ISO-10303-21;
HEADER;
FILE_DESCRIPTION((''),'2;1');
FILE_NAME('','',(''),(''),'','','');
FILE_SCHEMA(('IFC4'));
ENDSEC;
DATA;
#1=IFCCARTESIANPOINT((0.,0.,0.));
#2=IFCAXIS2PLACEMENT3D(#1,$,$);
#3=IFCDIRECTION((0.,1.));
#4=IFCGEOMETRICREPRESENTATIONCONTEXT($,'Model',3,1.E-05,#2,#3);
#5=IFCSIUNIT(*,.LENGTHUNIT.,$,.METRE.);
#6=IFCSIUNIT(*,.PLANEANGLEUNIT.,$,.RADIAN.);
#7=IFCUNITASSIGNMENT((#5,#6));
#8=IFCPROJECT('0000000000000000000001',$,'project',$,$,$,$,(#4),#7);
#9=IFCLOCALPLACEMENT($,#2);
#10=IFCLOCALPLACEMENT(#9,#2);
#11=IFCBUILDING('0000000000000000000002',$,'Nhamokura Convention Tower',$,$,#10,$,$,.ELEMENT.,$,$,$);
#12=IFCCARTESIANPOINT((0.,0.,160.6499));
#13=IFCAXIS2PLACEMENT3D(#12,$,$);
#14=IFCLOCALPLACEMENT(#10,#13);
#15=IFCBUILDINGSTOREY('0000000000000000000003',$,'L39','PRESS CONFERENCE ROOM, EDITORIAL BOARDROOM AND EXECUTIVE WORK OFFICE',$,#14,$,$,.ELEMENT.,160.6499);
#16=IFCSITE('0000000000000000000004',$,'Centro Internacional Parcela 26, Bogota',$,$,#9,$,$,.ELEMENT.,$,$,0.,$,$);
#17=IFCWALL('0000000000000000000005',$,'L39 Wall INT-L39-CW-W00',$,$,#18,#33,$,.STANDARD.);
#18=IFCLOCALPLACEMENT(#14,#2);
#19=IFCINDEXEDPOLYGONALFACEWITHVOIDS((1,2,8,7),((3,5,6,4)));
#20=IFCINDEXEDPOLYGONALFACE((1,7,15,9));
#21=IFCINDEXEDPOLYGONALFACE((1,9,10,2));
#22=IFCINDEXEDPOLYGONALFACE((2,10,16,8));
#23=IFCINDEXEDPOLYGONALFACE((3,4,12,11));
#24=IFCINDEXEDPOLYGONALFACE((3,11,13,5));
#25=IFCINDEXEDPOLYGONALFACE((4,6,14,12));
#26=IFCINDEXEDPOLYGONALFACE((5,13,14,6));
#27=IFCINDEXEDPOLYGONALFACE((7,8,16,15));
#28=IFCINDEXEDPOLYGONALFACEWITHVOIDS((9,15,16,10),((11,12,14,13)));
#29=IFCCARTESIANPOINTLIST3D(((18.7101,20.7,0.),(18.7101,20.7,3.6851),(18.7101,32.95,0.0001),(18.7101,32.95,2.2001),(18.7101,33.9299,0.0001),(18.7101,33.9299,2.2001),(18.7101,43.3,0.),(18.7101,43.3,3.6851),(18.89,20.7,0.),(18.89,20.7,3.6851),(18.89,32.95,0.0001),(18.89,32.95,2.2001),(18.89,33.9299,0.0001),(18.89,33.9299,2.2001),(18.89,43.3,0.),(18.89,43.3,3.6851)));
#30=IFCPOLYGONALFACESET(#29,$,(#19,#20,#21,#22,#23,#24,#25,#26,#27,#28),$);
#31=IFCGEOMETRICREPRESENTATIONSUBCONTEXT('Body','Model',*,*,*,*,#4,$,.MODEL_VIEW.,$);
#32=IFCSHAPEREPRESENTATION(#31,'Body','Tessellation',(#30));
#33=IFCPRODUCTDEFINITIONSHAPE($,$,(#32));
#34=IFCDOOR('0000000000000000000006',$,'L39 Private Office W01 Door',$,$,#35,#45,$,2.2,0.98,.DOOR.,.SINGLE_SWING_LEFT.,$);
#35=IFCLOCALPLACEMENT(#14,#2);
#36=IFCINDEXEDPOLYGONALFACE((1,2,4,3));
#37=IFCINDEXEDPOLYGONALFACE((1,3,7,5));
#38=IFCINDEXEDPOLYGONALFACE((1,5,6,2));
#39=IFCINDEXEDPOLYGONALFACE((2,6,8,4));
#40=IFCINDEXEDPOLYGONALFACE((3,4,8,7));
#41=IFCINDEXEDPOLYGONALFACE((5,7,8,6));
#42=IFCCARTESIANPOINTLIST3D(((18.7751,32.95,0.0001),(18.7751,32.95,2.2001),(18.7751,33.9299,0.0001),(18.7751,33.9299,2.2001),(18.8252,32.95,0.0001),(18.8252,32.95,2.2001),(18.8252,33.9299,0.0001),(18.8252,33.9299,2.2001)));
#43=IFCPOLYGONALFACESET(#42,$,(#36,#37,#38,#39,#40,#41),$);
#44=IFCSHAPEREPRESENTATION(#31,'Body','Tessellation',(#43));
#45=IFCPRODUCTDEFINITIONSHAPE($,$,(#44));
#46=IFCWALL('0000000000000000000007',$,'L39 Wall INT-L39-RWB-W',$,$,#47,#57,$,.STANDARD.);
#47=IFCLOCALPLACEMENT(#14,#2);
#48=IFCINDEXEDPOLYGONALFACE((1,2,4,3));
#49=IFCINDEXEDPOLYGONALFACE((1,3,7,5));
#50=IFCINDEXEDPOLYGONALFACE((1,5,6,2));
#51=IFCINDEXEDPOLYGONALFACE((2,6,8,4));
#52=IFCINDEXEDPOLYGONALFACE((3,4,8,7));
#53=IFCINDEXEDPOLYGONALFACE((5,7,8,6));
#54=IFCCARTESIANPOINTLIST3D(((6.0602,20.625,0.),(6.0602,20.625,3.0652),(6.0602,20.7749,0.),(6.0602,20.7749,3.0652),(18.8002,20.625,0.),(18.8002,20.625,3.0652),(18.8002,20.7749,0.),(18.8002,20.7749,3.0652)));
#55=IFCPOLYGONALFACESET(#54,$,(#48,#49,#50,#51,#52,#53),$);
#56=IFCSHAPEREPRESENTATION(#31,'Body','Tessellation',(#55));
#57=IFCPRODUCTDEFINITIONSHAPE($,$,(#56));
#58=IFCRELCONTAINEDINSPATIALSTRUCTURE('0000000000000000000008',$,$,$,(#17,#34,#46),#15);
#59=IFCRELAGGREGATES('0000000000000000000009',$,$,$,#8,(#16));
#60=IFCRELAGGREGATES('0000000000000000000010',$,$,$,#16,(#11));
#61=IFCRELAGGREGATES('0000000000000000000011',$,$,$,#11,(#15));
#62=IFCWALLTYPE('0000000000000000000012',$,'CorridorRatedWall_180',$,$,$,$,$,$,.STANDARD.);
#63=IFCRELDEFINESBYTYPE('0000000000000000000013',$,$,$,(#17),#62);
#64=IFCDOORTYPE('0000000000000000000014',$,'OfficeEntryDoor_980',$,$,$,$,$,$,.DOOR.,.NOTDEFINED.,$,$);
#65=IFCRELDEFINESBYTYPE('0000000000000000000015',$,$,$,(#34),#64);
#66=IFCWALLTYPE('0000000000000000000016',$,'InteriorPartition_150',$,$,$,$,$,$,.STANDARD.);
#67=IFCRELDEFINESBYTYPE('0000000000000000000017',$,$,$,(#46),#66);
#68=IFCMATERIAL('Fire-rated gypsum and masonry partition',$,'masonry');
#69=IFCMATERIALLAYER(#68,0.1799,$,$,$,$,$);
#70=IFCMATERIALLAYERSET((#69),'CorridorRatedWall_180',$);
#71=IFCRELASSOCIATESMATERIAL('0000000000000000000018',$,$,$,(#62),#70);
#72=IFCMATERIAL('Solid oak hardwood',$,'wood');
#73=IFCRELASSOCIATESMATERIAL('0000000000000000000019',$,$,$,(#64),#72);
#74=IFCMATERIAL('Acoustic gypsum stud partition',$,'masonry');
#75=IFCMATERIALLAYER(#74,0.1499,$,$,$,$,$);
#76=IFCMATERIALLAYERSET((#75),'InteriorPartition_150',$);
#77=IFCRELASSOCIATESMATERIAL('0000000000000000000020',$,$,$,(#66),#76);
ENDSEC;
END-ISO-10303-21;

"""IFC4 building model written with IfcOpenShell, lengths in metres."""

from ifc_helpers import new_model, si_unit, direction, frame, frame_2d, origin, place, context, subcontext, project, spatial, rectangle, extrude, material, layer, layer_set, type_object, element, fill, save


model = new_model("IFC4")

# Units and contexts
model_context = context("Model", 3, precision=1e-05, world=origin(), true_north=direction((0.0, 1.0)))
body_context = subcontext(model_context, "Body", "Model", "MODEL_VIEW")
ifc_project = project(units=[si_unit("LENGTHUNIT", "METRE"), si_unit("PLANEANGLEUNIT", "RADIAN")], contexts=[model_context])

# Site, building, storey
site_placement = place(None, origin())
site = spatial("IfcSite", under=ifc_project, at=site_placement, Name="Centro Internacional Parcela 26, Bogota", CompositionType="ELEMENT", RefElevation=0.0)
building_placement = place(site_placement, origin())
building = spatial("IfcBuilding", under=site, at=building_placement, Name="Nhamokura Convention Tower", CompositionType="ELEMENT")
storey_placement = place(building_placement, frame((0.0, 0.0, 160.6499)))
storey = spatial("IfcBuildingStorey", under=building, at=storey_placement, Name="L39", Description="PRESS CONFERENCE ROOM, EDITORIAL BOARDROOM AND EXECUTIVE WORK OFFICE", CompositionType="ELEMENT", Elevation=160.6499)

# Wall, opening, door
ifc_material_1 = material(Name="Fire-rated gypsum and masonry partition", Category="masonry")
ifc_layer_1 = layer(ifc_material_1, 0.1799)
ifc_layer_set_1 = layer_set([ifc_layer_1], Name="CorridorRatedWall_180")
wall_type_1 = type_object("IfcWallType", Name="CorridorRatedWall_180", PredefinedType="STANDARD", material=ifc_layer_set_1)
ifc_material_2 = material(Name="Solid oak hardwood", Category="wood")
door_type_1 = type_object("IfcDoorType", Name="OfficeEntryDoor_980", OperationType="NOTDEFINED", PredefinedType="DOOR", material=ifc_material_2)
wall_1_placement = place(storey_placement, frame((18.8, 20.7, 0.0), z_axis=(0.0, 0.0, 1.0), x_axis=(0.0, 1.0, 0.0)))
wall_1 = element("IfcWall", 1, at=wall_1_placement, inside=storey, type_object=wall_type_1, Name="L39 Wall INT-L39-CW-W00", PredefinedType="STANDARD", context=body_context, shape_type="SweptSolid", body=[
    extrude(rectangle(XDim=22.6001, YDim=0.1799, at=frame_2d((11.3, 0.0))), origin(), (0.0, 0.0, 1.0), 3.6851),
])
opening_1_placement = place(wall_1_placement, frame((12.25, 0.0, 0.0)))
opening_1 = element("IfcOpeningElement", 2, at=opening_1_placement, cuts=wall_1, PredefinedType="OPENING", context=body_context, shape_type="SweptSolid", body=[
    extrude(rectangle(XDim=0.98, YDim=2.2, at=frame_2d((0.49, 1.1001))), frame((0.0, 0.0999, 0.0), z_axis=(0.0, -1.0, 0.0), x_axis=(1.0, 0.0, 0.0)), (0.0, 0.0, 1.0), 0.2),
])
door_1_placement = place(opening_1_placement, origin())
door_1 = element("IfcDoor", 3, at=door_1_placement, inside=storey, type_object=door_type_1, Name="L39 Private Office W01 Door", OperationType="SINGLE_SWING_LEFT", OverallHeight=2.2, OverallWidth=0.98, PredefinedType="DOOR", context=body_context, shape_type="SweptSolid", body=[
    extrude(rectangle(XDim=0.98, YDim=2.2, at=frame_2d((0.49, 1.1001))), frame((0.0, 0.0249, 0.0), z_axis=(0.0, -1.0, 0.0), x_axis=(1.0, 0.0, 0.0)), (0.0, 0.0, 1.0), 0.05),
])
fill(opening_1, door_1)

# Wall
ifc_material_3 = material(Name="Acoustic gypsum stud partition", Category="masonry")
ifc_layer_2 = layer(ifc_material_3, 0.1499)
ifc_layer_set_2 = layer_set([ifc_layer_2], Name="InteriorPartition_150")
wall_type_2 = type_object("IfcWallType", Name="InteriorPartition_150", PredefinedType="STANDARD", material=ifc_layer_set_2)
wall_2_placement = place(storey_placement, frame((6.0601, 20.7, 0.0), z_axis=(0.0, 0.0, 1.0), x_axis=(1.0, 0.0, 0.0)))
element("IfcWall", 4, at=wall_2_placement, inside=storey, type_object=wall_type_2, Name="L39 Wall INT-L39-RWB-W", PredefinedType="STANDARD", context=body_context, shape_type="SweptSolid", body=[
    extrude(rectangle(XDim=12.74, YDim=0.1499, at=frame_2d((6.3701, 0.0))), origin(), (0.0, 0.0, 1.0), 3.0652),
])

save(model, "model.ifc")
